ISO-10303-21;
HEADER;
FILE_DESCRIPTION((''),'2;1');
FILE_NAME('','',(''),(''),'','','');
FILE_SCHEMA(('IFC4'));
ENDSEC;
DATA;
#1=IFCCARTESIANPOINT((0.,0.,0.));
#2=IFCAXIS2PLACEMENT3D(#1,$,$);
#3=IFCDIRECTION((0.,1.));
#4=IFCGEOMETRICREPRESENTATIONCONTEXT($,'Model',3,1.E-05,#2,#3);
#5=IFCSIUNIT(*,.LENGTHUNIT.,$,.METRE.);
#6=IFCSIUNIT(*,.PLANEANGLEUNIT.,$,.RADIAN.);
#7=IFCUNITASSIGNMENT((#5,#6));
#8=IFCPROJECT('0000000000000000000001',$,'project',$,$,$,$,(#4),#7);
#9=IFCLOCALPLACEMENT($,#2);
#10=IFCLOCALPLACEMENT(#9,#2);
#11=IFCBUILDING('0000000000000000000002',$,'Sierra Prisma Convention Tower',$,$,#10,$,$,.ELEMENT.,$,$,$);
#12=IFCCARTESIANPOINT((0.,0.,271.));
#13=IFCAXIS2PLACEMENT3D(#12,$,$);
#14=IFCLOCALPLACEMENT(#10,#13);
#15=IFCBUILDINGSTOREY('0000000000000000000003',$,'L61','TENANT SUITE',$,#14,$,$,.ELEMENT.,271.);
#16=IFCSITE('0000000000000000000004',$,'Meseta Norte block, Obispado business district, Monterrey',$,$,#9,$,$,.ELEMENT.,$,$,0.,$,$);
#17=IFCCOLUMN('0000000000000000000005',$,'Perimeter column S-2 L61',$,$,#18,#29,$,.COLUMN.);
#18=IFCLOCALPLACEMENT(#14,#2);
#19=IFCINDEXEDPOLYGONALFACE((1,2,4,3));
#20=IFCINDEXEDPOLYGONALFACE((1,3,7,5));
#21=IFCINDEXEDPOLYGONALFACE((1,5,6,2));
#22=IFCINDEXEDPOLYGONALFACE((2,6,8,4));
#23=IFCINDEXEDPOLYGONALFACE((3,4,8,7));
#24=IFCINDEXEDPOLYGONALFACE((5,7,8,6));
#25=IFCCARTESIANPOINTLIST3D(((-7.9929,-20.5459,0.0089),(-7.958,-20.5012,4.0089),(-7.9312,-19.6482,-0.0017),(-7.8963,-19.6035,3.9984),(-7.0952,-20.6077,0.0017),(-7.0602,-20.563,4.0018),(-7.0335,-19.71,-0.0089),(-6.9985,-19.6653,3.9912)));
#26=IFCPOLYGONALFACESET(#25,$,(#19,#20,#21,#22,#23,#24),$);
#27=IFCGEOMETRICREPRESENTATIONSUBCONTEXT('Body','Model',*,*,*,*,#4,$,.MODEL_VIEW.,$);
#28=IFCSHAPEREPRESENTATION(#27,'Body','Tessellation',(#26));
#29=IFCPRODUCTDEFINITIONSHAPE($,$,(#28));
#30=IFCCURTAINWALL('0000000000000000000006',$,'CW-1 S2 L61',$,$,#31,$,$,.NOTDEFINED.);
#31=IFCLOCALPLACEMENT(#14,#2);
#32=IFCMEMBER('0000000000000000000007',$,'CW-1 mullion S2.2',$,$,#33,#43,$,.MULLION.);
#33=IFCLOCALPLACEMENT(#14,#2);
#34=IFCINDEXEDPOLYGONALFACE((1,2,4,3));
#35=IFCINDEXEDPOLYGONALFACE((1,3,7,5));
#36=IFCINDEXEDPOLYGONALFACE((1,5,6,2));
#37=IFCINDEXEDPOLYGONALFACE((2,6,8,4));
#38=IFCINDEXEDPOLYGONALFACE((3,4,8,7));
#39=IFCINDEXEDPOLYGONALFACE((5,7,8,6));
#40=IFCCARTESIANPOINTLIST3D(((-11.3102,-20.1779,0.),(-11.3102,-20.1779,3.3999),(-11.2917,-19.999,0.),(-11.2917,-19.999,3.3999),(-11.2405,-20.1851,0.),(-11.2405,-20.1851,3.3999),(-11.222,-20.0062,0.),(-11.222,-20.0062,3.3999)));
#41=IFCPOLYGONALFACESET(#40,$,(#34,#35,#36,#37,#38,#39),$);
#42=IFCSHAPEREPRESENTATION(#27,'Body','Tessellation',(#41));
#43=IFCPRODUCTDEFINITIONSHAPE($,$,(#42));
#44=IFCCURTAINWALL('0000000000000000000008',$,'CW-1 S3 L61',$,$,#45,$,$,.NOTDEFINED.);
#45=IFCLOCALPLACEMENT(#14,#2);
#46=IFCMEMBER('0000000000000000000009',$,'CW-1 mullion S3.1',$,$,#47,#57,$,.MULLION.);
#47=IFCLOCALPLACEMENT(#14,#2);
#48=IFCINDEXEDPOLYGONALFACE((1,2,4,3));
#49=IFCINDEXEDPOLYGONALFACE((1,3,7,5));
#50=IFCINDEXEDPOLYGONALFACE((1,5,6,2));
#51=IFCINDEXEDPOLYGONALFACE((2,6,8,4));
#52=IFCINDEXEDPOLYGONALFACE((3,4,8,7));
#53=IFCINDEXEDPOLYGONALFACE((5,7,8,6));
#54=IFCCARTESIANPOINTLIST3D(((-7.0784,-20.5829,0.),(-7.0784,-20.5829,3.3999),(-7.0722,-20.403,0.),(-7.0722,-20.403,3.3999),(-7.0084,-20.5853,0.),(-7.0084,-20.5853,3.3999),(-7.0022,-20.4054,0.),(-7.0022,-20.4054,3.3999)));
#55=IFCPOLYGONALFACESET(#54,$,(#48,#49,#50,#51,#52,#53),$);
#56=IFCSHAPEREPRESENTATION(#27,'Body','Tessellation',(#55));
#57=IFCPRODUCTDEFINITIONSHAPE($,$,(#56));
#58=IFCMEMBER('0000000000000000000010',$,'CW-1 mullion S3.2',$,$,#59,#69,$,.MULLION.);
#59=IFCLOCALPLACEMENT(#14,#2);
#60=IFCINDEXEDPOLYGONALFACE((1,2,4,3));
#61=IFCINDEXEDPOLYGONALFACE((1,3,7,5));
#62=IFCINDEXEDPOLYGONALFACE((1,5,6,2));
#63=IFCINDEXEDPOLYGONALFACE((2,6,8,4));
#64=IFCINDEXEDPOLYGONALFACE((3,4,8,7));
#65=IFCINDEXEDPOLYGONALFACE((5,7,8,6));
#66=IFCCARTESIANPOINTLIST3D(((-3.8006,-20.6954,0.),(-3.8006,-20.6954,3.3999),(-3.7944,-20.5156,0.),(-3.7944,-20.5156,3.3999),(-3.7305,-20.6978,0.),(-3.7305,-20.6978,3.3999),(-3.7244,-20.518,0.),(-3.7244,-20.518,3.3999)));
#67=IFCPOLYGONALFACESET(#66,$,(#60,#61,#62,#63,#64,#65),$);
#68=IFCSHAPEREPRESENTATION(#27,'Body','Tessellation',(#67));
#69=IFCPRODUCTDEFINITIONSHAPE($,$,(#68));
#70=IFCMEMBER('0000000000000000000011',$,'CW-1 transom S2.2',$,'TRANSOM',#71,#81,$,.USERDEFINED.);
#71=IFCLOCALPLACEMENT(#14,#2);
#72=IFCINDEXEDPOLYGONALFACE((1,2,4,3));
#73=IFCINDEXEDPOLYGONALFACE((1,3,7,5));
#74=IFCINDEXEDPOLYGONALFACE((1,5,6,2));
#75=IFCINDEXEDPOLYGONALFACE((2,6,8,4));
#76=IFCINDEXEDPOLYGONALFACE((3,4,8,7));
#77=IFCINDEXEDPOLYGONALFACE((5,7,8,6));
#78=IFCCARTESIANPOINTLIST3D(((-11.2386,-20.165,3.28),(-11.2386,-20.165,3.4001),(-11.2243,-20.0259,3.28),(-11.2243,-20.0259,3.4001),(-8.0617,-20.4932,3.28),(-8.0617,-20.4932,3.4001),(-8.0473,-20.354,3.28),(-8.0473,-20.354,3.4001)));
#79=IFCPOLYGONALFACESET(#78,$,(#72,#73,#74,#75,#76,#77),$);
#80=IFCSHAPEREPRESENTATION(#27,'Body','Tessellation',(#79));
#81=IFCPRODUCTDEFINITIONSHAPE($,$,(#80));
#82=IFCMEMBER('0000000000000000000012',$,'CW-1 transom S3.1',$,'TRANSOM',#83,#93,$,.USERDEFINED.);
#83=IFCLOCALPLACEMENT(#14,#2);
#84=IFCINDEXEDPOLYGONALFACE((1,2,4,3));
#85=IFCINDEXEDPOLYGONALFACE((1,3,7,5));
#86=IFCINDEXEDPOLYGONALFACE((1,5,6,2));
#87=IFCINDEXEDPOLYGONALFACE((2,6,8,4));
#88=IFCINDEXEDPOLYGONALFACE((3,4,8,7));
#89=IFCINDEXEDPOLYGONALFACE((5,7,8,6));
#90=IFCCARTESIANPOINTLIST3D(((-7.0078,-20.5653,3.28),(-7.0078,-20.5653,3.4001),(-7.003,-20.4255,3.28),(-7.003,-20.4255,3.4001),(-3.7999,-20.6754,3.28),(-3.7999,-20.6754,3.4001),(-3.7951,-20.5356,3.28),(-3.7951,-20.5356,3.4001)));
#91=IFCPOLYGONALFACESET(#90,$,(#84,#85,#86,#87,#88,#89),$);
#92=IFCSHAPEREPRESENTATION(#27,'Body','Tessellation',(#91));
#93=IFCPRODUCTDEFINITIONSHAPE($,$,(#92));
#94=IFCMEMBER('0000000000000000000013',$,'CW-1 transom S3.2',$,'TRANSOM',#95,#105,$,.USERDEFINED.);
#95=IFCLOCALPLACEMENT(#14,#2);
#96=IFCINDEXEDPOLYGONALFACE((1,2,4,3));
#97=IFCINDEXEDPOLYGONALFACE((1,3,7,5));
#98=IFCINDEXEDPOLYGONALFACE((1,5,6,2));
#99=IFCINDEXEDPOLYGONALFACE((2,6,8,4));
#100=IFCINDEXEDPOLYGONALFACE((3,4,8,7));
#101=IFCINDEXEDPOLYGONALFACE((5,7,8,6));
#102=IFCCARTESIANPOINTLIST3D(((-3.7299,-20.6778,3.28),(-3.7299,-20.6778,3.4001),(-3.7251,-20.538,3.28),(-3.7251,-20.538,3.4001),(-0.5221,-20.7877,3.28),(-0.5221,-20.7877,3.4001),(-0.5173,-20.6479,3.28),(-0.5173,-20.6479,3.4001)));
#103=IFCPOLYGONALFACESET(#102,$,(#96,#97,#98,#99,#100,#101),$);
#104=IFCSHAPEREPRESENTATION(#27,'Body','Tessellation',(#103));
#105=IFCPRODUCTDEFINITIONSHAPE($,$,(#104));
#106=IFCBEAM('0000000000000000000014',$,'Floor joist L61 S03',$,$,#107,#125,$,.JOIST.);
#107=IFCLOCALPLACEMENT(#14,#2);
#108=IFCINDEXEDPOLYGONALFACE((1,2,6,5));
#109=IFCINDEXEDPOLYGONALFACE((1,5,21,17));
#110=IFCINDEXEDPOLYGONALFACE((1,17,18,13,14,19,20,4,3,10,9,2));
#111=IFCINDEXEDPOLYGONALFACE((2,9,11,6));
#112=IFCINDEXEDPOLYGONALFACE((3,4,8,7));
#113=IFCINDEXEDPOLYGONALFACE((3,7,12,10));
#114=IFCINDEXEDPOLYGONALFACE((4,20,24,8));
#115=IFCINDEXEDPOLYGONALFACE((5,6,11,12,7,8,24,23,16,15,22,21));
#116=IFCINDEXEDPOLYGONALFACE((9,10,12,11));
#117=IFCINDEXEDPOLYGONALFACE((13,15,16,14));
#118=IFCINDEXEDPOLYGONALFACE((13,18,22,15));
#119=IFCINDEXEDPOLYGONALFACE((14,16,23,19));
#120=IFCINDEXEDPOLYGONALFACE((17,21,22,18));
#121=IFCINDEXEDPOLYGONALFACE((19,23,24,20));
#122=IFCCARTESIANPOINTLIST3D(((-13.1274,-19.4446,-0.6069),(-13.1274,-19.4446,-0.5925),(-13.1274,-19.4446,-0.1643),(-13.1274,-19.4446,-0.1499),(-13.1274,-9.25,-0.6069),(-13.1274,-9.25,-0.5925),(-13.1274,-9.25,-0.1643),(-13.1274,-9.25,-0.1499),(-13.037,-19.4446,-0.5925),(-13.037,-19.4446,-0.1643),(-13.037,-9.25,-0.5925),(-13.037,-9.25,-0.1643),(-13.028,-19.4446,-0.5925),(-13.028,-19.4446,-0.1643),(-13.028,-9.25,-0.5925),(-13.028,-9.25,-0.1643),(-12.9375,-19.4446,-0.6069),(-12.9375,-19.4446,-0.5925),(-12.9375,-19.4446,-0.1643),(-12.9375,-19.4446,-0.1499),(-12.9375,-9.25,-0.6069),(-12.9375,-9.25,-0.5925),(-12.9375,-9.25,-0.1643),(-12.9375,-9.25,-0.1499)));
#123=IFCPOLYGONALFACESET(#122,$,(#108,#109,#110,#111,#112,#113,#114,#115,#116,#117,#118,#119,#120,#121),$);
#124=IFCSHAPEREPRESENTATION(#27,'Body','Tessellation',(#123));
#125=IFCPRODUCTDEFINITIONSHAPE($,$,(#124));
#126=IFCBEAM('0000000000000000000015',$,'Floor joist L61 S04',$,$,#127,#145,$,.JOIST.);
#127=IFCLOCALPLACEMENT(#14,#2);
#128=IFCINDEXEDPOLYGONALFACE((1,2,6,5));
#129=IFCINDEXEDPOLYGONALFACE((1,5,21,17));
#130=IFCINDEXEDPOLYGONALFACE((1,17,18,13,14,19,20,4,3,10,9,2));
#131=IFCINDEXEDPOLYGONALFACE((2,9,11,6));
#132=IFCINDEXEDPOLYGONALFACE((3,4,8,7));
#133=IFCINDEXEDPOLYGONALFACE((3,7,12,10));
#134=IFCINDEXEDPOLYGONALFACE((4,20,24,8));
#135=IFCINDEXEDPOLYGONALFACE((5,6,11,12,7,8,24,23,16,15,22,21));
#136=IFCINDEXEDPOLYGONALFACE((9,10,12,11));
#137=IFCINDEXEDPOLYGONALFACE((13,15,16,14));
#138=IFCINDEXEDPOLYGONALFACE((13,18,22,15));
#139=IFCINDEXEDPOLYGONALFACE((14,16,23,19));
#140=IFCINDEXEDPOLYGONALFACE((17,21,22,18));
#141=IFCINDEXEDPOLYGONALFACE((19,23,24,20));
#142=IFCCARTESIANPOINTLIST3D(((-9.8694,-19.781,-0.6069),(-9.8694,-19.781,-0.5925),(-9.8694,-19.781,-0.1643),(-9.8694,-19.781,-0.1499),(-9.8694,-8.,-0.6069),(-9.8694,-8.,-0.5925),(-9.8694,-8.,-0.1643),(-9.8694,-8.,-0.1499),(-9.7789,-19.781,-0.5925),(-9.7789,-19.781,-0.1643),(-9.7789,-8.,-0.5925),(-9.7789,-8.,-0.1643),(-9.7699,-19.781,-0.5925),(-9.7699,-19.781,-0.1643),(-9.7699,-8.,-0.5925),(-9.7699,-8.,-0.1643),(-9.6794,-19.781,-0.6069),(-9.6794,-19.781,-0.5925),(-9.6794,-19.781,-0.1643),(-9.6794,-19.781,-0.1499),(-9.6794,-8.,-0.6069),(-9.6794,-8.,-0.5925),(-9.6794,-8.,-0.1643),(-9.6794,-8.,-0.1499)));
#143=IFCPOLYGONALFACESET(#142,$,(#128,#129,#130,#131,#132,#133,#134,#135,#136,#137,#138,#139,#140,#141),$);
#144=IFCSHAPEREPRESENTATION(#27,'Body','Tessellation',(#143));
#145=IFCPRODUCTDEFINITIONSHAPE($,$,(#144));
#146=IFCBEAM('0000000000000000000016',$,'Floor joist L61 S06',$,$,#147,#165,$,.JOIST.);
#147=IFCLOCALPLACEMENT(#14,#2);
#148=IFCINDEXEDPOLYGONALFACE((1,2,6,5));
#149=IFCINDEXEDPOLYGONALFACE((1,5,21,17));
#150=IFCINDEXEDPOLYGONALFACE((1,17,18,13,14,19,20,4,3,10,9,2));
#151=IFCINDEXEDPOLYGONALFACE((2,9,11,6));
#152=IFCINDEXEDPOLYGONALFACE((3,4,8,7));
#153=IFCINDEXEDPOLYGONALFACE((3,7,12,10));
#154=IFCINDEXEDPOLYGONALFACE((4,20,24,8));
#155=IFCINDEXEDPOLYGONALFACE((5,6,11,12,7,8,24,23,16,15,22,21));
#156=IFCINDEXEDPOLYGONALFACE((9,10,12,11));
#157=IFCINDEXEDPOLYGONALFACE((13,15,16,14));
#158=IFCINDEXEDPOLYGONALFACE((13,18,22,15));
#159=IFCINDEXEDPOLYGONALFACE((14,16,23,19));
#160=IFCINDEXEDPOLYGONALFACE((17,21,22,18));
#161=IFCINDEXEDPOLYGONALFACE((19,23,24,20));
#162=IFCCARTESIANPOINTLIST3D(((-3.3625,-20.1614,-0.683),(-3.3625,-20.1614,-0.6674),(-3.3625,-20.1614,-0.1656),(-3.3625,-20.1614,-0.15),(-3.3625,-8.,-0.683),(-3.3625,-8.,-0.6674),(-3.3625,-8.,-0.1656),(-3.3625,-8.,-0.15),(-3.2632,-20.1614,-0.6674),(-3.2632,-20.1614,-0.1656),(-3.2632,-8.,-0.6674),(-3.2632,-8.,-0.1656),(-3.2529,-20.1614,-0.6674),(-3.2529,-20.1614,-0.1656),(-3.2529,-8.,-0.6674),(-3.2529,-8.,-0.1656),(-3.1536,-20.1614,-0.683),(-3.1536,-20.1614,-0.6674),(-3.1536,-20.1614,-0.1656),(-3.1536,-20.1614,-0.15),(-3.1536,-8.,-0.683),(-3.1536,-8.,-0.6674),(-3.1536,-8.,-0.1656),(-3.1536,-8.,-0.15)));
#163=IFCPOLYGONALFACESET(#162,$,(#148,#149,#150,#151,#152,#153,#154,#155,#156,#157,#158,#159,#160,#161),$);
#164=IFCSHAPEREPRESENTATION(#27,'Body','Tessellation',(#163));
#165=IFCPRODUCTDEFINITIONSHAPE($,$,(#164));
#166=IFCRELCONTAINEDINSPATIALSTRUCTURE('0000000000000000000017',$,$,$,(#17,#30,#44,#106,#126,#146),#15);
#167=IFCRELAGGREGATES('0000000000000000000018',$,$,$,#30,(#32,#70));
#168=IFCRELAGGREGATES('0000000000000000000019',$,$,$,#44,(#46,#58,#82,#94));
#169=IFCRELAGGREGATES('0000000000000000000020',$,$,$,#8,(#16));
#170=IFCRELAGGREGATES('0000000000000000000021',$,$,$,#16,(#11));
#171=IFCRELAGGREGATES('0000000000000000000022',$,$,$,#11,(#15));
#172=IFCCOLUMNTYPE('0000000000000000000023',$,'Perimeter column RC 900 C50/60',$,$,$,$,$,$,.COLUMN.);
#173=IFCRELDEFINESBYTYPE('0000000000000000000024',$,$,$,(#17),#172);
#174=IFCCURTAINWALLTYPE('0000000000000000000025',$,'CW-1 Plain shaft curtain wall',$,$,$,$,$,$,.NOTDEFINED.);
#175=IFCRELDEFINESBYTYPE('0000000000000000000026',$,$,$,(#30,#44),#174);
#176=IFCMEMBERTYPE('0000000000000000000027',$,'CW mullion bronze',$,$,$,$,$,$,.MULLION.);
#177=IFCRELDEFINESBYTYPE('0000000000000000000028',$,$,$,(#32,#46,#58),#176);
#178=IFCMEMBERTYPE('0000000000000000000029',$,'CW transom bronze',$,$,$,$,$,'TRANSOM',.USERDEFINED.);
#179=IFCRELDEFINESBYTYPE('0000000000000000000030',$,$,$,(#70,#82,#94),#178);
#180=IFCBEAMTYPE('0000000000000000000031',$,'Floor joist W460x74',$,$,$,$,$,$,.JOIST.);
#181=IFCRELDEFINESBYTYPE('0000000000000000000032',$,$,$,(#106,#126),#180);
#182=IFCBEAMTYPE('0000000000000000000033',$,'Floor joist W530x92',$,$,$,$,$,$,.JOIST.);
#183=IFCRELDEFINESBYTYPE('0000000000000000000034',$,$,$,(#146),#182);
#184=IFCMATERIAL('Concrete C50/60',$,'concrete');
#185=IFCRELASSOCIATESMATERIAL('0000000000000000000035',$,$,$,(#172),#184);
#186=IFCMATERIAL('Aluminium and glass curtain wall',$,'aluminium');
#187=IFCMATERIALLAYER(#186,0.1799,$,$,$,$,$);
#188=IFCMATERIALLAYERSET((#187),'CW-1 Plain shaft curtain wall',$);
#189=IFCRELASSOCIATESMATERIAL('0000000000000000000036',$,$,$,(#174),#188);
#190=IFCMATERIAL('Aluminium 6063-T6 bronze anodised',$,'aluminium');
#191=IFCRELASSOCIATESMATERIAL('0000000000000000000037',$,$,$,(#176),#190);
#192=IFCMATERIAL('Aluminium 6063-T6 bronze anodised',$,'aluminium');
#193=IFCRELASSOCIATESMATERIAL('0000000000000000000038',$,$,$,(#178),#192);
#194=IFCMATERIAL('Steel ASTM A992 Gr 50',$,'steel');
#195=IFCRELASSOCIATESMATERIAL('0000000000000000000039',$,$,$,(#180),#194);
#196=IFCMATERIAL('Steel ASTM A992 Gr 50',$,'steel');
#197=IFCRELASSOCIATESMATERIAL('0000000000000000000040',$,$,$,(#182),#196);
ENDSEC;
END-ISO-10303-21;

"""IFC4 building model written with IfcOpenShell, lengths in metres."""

from ifc_helpers import new_model, si_unit, direction, frame, origin, origin_2d, place, context, subcontext, project, spatial, rectangle, i_section, extrude, material, layer, layer_set, material_profile, profile_set, type_object, element, aggregate, save


model = new_model("IFC4")

# Units and contexts
model_context = context("Model", 3, precision=1e-05, world=origin(), true_north=direction((0.0, 1.0)))
body_context = subcontext(model_context, "Body", "Model", "MODEL_VIEW")
ifc_project = project(units=[si_unit("LENGTHUNIT", "METRE"), si_unit("PLANEANGLEUNIT", "RADIAN")], contexts=[model_context])

# Site, building, storey
site_placement = place(None, origin())
site = spatial("IfcSite", under=ifc_project, at=site_placement, Name="Meseta Norte block, Obispado business district, Monterrey", CompositionType="ELEMENT", RefElevation=0.0)
building_placement = place(site_placement, origin())
building = spatial("IfcBuilding", under=site, at=building_placement, Name="Sierra Prisma Convention Tower", CompositionType="ELEMENT")
storey_placement = place(building_placement, frame((0.0, 0.0, 271.0)))
storey = spatial("IfcBuildingStorey", under=building, at=storey_placement, Name="L61", Description="TENANT SUITE", CompositionType="ELEMENT", Elevation=271.0)

# Column
ifc_material_1 = material(Name="Concrete C50/60", Category="concrete")
ifc_material_profile_1 = material_profile(ifc_material_1, rectangle(XDim=0.8999, YDim=0.8999, at=origin_2d()), Name="Perimeter column RC 900 C50/60")
ifc_profile_set_1 = profile_set([ifc_material_profile_1], Name="Concrete C50/60")
column_type = type_object("IfcColumnType", Name="Perimeter column RC 900 C50/60", PredefinedType="COLUMN", material=ifc_profile_set_1)
column_placement = place(storey_placement, frame((-7.5132, -20.1279, 0.0), z_axis=(0.008727, 0.011168, 0.9999), x_axis=(-0.997609, 0.068648, 0.00794)))
element("IfcColumn", 1, at=column_placement, inside=storey, type_object=column_type, Name="Perimeter column S-2 L61", PredefinedType="COLUMN", context=body_context, shape_type="SweptSolid", body=[
    extrude(rectangle(XDim=0.8999, YDim=0.8999, at=origin_2d()), origin(), (0.0, 0.0, 1.0), 4.0005),
])

# Curtain wall, member
ifc_material_2 = material(Name="Aluminium and glass curtain wall", Category="aluminium")
ifc_layer_1 = layer(ifc_material_2, 0.1799)
ifc_layer_set_1 = layer_set([ifc_layer_1], Name="CW-1 Plain shaft curtain wall")
curtain_wall_type = type_object("IfcCurtainWallType", Name="CW-1 Plain shaft curtain wall", PredefinedType="NOTDEFINED", material=ifc_layer_set_1)
curtain_wall_1_placement = place(storey_placement, origin())
curtain_wall_1 = element("IfcCurtainWall", 2, at=curtain_wall_1_placement, inside=storey, type_object=curtain_wall_type, Name="CW-1 S2 L61", PredefinedType="NOTDEFINED")
ifc_material_3 = material(Name="Aluminium 6063-T6 bronze anodised", Category="aluminium")
ifc_material_profile_2 = material_profile(ifc_material_3, rectangle(XDim=0.1799, YDim=0.0701, at=origin_2d()), Name="ALU MULLION 70x180")
ifc_profile_set_2 = profile_set([ifc_material_profile_2], Name="Aluminium 6063-T6 bronze anodised")
member_type_1 = type_object("IfcMemberType", Name="CW mullion bronze", PredefinedType="MULLION", material=ifc_profile_set_2)
member_1_placement = place(storey_placement, frame((-11.2661, -20.092, 0.0), z_axis=(0.0, 0.0, 1.0), x_axis=(0.102732, 0.994709, 0.0)))
member_1 = element("IfcMember", 3, at=member_1_placement, type_object=member_type_1, Name="CW-1 mullion S2.2", PredefinedType="MULLION", context=body_context, shape_type="SweptSolid", body=[
    extrude(rectangle(XDim=0.1799, YDim=0.0701, at=origin_2d()), origin(), (0.0, 0.0, 1.0), 3.3999),
])

# Curtain wall, members
curtain_wall_2_placement = place(storey_placement, origin())
curtain_wall_2 = element("IfcCurtainWall", 4, at=curtain_wall_2_placement, inside=storey, type_object=curtain_wall_type, Name="CW-1 S3 L61", PredefinedType="NOTDEFINED")
member_2_placement = place(storey_placement, frame((-7.0403, -20.4941, 0.0), z_axis=(0.0, 0.0, 1.0), x_axis=(0.034298, 0.999412, 0.0)))
member_2 = element("IfcMember", 5, at=member_2_placement, type_object=member_type_1, Name="CW-1 mullion S3.1", PredefinedType="MULLION", context=body_context, shape_type="SweptSolid", body=[
    extrude(rectangle(XDim=0.1799, YDim=0.0701, at=origin_2d()), origin(), (0.0, 0.0, 1.0), 3.3999),
])
member_3_placement = place(storey_placement, frame((-3.7625, -20.6067, 0.0), z_axis=(0.0, 0.0, 1.0), x_axis=(0.034298, 0.999412, 0.0)))
member_3 = element("IfcMember", 6, at=member_3_placement, type_object=member_type_1, Name="CW-1 mullion S3.2", PredefinedType="MULLION", context=body_context, shape_type="SweptSolid", body=[
    extrude(rectangle(XDim=0.1799, YDim=0.0701, at=origin_2d()), origin(), (0.0, 0.0, 1.0), 3.3999),
])

# Members
ifc_material_4 = material(Name="Aluminium 6063-T6 bronze anodised", Category="aluminium")
ifc_material_profile_3 = material_profile(ifc_material_4, rectangle(XDim=0.1399, YDim=0.1201, at=origin_2d()), Name="ALU TRANSOM 120x140")
ifc_profile_set_3 = profile_set([ifc_material_profile_3], Name="Aluminium 6063-T6 bronze anodised")
member_type_2 = type_object("IfcMemberType", Name="CW transom bronze", ElementType="TRANSOM", PredefinedType="USERDEFINED", material=ifc_profile_set_3)
member_4_placement = place(storey_placement, frame((-11.2314, -20.0955, 3.3401), z_axis=(0.994709, -0.102735, 0.0), x_axis=(0.102735, 0.994709, 0.0)))
member_4 = element("IfcMember", 7, at=member_4_placement, type_object=member_type_2, Name="CW-1 transom S2.2", ObjectType="TRANSOM", PredefinedType="USERDEFINED", context=body_context, shape_type="SweptSolid", body=[
    extrude(rectangle(XDim=0.1399, YDim=0.1201, at=origin_2d()), origin(), (0.0, 0.0, 1.0), 3.1938),
])
member_5_placement = place(storey_placement, frame((-7.0054, -20.4954, 3.3401), z_axis=(0.999411, -0.034305, 0.0), x_axis=(0.034305, 0.999411, 0.0)))
member_5 = element("IfcMember", 8, at=member_5_placement, type_object=member_type_2, Name="CW-1 transom S3.1", ObjectType="TRANSOM", PredefinedType="USERDEFINED", context=body_context, shape_type="SweptSolid", body=[
    extrude(rectangle(XDim=0.1399, YDim=0.1201, at=origin_2d()), origin(), (0.0, 0.0, 1.0), 3.2097),
])
member_6_placement = place(storey_placement, frame((-3.7275, -20.6079, 3.3401), z_axis=(0.999414, -0.034229, 0.0), x_axis=(0.034229, 0.999414, 0.0)))
member_6 = element("IfcMember", 9, at=member_6_placement, type_object=member_type_2, Name="CW-1 transom S3.2", ObjectType="TRANSOM", PredefinedType="USERDEFINED", context=body_context, shape_type="SweptSolid", body=[
    extrude(rectangle(XDim=0.1399, YDim=0.1201, at=origin_2d()), origin(), (0.0, 0.0, 1.0), 3.2097),
])

# Beams
ifc_material_5 = material(Name="Steel ASTM A992 Gr 50", Category="steel")
ifc_material_profile_4 = material_profile(ifc_material_5, i_section(OverallWidth=0.1899, OverallDepth=0.457, WebThickness=0.009, FlangeThickness=0.0144, at=origin_2d()), Name="W460x74")
ifc_profile_set_4 = profile_set([ifc_material_profile_4], Name="Steel ASTM A992 Gr 50")
beam_type_1 = type_object("IfcBeamType", Name="Floor joist W460x74", PredefinedType="JOIST", material=ifc_profile_set_4)
beam_1_placement = place(storey_placement, frame((-13.0325, -19.4446, -0.3784), z_axis=(0.0, 1.0, 0.0), x_axis=(-1.0, 0.0, 0.0)))
element("IfcBeam", 10, at=beam_1_placement, inside=storey, type_object=beam_type_1, Name="Floor joist L61 S03", PredefinedType="JOIST", context=body_context, shape_type="SweptSolid", body=[
    extrude(i_section(OverallWidth=0.1899, OverallDepth=0.457, WebThickness=0.009, FlangeThickness=0.0144, at=origin_2d()), origin(), (0.0, 0.0, 1.0), 10.1946),
])
beam_2_placement = place(storey_placement, frame((-9.7744, -19.781, -0.3784), z_axis=(0.0, 1.0, 0.0), x_axis=(-1.0, 0.0, 0.0)))
element("IfcBeam", 11, at=beam_2_placement, inside=storey, type_object=beam_type_1, Name="Floor joist L61 S04", PredefinedType="JOIST", context=body_context, shape_type="SweptSolid", body=[
    extrude(i_section(OverallWidth=0.1899, OverallDepth=0.457, WebThickness=0.009, FlangeThickness=0.0144, at=origin_2d()), origin(), (0.0, 0.0, 1.0), 11.781),
])
ifc_material_6 = material(Name="Steel ASTM A992 Gr 50", Category="steel")
ifc_material_profile_5 = material_profile(ifc_material_6, i_section(OverallWidth=0.209, OverallDepth=0.533, WebThickness=0.0103, FlangeThickness=0.0156, at=origin_2d()), Name="W530x92")
ifc_profile_set_5 = profile_set([ifc_material_profile_5], Name="Steel ASTM A992 Gr 50")
beam_type_2 = type_object("IfcBeamType", Name="Floor joist W530x92", PredefinedType="JOIST", material=ifc_profile_set_5)
beam_3_placement = place(storey_placement, frame((-3.2581, -20.1614, -0.4165), z_axis=(0.0, 1.0, 0.0), x_axis=(-1.0, 0.0, 0.0)))
element("IfcBeam", 12, at=beam_3_placement, inside=storey, type_object=beam_type_2, Name="Floor joist L61 S06", PredefinedType="JOIST", context=body_context, shape_type="SweptSolid", body=[
    extrude(i_section(OverallWidth=0.209, OverallDepth=0.533, WebThickness=0.0103, FlangeThickness=0.0156, at=origin_2d()), origin(), (0.0, 0.0, 1.0), 12.1614),
])

aggregate(curtain_wall_1, [member_1, member_4])
aggregate(curtain_wall_2, [member_2, member_3, member_5, member_6])

save(model, "model.ifc")
